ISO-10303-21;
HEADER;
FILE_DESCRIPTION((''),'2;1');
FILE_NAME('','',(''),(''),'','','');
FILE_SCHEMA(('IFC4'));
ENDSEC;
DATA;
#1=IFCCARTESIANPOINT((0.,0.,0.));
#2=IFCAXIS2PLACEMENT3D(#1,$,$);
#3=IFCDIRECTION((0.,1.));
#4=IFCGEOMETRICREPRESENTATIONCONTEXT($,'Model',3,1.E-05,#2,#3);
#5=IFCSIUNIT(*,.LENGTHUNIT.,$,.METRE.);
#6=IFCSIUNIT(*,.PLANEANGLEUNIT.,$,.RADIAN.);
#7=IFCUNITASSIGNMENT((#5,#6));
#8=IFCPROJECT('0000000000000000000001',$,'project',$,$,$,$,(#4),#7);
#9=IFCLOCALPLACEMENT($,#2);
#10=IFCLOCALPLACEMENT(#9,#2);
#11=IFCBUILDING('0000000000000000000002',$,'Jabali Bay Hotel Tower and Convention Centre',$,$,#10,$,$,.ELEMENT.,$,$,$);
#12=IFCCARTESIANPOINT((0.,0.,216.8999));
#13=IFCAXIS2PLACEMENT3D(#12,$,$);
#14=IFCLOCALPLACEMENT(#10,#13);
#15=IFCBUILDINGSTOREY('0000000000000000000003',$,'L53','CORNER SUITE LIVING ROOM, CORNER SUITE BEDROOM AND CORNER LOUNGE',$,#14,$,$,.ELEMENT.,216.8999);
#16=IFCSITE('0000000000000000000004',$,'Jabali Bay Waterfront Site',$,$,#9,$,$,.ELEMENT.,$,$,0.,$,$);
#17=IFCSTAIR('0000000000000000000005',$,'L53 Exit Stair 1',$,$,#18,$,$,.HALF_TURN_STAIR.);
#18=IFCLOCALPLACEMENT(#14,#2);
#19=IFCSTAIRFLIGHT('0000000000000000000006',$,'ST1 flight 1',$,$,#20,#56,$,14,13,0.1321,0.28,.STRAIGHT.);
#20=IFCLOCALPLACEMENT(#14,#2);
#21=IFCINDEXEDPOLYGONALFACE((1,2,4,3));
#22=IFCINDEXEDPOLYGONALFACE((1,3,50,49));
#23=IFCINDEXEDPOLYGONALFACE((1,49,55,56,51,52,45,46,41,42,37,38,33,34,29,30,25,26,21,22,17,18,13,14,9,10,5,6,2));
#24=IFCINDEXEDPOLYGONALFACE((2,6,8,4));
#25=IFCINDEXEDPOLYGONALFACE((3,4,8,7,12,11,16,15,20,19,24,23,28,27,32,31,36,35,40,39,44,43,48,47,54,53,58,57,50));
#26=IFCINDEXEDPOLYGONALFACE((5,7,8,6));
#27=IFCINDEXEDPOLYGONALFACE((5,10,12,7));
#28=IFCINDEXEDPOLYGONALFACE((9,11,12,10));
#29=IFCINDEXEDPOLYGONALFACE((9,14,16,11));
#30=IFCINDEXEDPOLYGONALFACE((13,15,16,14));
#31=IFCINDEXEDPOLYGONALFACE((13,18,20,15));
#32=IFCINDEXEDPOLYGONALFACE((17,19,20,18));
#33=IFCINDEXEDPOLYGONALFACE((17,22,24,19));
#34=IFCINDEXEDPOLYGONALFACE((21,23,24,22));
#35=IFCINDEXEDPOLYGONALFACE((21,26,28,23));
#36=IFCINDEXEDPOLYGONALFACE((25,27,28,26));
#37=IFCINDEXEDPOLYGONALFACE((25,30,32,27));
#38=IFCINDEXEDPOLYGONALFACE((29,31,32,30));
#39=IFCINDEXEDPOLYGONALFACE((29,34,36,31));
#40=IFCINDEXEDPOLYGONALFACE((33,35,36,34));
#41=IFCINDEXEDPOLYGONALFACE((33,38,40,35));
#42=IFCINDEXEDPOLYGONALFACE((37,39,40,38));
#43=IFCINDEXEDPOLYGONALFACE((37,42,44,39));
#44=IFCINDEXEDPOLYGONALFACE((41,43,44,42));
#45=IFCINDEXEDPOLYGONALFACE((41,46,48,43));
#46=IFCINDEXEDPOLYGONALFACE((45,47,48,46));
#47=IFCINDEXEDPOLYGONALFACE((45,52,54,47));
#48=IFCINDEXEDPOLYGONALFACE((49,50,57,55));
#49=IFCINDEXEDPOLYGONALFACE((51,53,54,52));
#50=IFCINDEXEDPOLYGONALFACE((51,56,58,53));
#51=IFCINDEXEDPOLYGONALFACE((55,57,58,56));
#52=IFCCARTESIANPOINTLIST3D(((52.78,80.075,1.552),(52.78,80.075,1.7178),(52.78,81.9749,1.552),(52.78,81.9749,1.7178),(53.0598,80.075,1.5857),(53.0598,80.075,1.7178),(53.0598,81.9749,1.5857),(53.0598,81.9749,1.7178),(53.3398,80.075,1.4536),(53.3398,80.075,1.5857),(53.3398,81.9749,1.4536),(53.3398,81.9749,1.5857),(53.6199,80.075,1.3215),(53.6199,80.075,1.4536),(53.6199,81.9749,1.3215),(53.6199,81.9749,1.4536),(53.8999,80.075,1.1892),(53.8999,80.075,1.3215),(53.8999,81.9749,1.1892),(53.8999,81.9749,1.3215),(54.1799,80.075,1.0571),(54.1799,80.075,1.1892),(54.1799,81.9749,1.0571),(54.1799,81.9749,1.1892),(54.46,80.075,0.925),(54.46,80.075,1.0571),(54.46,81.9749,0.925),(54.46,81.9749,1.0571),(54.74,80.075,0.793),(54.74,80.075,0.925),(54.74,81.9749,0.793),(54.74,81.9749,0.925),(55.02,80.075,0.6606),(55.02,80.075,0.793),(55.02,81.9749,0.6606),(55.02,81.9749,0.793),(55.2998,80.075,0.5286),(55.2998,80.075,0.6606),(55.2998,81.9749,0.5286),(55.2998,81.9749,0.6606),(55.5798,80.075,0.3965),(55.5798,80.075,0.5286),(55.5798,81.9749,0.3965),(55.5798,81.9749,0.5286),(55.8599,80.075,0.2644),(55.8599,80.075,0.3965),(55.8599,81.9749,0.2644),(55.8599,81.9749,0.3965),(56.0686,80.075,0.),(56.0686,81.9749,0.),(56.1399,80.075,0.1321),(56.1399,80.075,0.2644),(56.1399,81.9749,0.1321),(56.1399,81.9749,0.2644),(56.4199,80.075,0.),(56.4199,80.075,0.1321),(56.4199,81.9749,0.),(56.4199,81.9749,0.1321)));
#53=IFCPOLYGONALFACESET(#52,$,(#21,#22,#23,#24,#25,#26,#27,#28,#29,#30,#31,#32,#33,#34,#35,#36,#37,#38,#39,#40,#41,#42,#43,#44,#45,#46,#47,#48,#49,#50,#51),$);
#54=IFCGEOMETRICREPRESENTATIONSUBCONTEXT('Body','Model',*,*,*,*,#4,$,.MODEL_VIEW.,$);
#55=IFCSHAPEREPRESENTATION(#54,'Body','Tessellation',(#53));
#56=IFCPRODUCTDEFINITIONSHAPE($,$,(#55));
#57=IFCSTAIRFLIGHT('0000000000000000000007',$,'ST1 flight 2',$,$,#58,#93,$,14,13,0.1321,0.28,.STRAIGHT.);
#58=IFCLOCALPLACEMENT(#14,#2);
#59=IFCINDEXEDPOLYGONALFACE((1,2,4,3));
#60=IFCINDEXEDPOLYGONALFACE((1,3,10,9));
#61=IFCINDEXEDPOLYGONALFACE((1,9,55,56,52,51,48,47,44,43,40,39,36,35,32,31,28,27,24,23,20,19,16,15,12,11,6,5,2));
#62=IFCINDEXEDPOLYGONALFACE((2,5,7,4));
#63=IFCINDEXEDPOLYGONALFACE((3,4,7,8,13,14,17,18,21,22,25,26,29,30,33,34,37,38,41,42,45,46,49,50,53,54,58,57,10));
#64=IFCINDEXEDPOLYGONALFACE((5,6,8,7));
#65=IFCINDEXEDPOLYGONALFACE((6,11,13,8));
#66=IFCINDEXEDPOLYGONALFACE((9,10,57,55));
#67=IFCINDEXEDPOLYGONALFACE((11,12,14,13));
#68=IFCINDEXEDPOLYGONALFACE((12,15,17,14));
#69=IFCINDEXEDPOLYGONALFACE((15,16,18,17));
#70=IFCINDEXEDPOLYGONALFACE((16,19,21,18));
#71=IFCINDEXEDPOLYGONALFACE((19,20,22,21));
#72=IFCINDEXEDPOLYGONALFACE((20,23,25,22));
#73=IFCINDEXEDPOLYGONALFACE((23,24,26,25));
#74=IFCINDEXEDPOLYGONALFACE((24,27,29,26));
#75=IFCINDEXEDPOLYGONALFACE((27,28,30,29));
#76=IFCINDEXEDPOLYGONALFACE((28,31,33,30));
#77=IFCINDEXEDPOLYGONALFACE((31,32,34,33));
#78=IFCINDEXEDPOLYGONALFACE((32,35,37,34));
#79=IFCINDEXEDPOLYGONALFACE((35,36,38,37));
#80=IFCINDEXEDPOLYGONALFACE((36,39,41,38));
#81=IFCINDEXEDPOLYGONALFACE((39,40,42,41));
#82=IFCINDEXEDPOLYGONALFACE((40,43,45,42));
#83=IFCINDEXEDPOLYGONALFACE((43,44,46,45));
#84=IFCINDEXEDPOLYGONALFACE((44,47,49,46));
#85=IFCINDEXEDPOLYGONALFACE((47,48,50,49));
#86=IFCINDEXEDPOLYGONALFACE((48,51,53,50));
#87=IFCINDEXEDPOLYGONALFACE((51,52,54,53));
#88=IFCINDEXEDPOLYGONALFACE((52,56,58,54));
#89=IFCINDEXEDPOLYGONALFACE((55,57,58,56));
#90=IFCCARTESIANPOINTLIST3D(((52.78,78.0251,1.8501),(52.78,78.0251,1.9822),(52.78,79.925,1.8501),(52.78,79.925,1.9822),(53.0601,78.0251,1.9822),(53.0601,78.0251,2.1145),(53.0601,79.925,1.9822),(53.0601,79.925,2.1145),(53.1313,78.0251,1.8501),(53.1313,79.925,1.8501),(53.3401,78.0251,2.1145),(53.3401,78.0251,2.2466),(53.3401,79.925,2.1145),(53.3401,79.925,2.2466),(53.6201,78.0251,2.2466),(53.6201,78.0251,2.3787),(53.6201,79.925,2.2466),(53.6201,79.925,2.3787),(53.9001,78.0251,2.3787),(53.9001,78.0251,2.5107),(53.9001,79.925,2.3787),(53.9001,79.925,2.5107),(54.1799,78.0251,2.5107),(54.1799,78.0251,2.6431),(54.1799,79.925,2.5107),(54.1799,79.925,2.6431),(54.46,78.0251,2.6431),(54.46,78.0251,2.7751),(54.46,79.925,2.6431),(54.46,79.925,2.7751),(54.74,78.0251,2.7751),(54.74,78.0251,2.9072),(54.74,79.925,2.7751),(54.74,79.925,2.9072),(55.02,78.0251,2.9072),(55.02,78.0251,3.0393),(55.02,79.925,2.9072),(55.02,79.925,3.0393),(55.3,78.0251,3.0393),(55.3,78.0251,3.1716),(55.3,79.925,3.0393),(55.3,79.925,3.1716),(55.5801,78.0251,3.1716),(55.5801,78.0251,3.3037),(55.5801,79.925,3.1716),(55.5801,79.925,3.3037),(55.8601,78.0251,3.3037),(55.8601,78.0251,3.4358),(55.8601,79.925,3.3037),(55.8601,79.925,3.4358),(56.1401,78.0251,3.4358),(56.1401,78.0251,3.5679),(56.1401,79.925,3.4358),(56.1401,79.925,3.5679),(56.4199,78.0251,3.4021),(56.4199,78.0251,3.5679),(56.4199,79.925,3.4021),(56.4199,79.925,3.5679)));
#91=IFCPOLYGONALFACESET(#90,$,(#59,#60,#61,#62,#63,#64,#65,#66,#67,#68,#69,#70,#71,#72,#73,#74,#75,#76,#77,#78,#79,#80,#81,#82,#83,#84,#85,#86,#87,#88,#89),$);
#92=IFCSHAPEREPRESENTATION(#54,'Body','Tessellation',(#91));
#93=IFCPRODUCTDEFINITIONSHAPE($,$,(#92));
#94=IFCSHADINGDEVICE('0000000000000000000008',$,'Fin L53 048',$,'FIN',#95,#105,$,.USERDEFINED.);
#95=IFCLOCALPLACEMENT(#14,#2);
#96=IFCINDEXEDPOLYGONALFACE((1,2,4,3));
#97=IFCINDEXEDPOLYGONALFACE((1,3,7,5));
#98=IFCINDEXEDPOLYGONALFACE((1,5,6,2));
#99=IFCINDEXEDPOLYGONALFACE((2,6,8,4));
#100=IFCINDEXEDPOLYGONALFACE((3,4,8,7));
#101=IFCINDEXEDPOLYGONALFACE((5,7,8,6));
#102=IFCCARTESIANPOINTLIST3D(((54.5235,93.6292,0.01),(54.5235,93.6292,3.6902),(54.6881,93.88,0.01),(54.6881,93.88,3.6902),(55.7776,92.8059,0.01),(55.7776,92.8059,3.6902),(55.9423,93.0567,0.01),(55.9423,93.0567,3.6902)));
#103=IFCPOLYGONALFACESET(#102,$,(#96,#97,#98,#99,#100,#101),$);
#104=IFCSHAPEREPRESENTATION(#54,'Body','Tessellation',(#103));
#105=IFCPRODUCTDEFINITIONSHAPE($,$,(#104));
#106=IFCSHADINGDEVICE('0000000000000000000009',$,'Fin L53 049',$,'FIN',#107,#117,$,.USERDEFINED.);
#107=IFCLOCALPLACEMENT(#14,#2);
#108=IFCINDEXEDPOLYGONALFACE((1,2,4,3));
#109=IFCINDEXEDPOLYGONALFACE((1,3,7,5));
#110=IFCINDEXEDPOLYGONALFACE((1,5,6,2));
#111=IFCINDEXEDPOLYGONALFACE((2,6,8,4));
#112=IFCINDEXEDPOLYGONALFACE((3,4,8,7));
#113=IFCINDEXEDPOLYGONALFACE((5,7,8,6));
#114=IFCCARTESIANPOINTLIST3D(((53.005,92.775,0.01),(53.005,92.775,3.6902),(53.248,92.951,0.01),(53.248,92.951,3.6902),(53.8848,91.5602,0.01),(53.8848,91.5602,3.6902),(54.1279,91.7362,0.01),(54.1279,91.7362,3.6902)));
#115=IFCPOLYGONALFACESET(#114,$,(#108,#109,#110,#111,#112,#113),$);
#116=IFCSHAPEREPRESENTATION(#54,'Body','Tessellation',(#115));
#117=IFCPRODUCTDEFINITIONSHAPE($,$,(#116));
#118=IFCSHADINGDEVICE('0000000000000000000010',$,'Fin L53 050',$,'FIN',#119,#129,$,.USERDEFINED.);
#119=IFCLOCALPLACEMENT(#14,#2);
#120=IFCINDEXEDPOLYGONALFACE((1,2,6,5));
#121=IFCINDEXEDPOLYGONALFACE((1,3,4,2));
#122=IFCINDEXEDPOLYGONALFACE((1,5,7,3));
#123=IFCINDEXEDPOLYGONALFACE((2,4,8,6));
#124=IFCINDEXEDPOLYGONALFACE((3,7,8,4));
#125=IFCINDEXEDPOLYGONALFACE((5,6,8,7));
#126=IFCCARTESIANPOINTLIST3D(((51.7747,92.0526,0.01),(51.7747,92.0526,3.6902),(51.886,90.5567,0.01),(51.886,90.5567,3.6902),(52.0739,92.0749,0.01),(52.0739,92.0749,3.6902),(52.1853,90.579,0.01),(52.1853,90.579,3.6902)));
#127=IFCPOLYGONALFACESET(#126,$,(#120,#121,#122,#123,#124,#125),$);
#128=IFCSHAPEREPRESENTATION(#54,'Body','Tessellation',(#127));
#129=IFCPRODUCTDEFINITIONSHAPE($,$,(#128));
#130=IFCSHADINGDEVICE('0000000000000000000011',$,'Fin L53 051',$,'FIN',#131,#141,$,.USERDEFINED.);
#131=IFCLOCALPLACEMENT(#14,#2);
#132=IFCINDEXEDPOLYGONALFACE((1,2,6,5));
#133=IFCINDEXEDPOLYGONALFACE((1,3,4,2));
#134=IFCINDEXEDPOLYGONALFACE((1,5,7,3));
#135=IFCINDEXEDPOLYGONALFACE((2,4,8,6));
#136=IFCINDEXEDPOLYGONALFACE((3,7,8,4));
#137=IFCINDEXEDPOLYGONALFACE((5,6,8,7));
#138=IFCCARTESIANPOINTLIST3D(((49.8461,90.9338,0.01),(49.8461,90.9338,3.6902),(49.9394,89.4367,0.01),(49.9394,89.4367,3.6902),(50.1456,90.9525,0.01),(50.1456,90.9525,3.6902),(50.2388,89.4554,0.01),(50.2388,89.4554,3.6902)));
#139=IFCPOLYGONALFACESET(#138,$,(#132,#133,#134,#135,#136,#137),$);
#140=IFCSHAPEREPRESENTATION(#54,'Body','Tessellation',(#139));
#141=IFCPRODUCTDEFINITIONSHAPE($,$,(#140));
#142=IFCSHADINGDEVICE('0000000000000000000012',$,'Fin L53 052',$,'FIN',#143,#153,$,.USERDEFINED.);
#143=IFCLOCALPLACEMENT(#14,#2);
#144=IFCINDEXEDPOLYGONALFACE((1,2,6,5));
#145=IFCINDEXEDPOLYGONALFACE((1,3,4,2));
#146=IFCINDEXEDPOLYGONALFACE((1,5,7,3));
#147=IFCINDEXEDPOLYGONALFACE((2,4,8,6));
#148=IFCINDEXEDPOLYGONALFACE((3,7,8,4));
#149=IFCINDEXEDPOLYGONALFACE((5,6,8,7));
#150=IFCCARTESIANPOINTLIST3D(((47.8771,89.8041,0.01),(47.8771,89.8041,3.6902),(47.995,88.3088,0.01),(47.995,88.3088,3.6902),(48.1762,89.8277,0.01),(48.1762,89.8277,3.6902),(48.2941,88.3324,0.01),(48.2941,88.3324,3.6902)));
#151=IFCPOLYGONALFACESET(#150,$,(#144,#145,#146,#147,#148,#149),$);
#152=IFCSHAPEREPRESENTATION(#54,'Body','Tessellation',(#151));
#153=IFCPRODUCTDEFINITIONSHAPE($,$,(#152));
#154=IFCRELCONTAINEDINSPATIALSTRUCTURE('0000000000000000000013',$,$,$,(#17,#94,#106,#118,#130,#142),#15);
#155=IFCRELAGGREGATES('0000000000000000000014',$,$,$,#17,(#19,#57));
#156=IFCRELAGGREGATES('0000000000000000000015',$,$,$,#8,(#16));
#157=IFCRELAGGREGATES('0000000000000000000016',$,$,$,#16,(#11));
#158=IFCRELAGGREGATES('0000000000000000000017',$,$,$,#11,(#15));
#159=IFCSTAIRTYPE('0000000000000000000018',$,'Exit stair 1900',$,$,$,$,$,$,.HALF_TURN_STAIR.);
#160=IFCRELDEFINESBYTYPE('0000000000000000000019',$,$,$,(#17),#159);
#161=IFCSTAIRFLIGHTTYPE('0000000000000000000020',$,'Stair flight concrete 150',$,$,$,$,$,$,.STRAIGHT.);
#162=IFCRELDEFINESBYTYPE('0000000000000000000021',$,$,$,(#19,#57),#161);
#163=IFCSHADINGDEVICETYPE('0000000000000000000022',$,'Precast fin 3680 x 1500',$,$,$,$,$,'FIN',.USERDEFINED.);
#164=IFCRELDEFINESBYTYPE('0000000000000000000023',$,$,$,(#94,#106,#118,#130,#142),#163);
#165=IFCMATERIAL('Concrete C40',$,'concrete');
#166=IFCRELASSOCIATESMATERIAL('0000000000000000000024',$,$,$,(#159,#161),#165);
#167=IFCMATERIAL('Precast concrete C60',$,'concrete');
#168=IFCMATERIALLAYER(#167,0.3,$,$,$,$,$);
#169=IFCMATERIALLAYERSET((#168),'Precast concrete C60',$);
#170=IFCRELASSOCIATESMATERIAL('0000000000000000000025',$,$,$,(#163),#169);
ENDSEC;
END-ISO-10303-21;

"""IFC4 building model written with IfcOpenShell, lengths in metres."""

from ifc_helpers import new_model, si_unit, direction, frame, frame_2d, origin, place, context, subcontext, project, spatial, polyline, rectangle, outline, extrude, material, layer, layer_set, type_object, element, aggregate, save


model = new_model("IFC4")

# Units and contexts
model_context = context("Model", 3, precision=1e-05, world=origin(), true_north=direction((0.0, 1.0)))
body_context = subcontext(model_context, "Body", "Model", "MODEL_VIEW")
ifc_project = project(units=[si_unit("LENGTHUNIT", "METRE"), si_unit("PLANEANGLEUNIT", "RADIAN")], contexts=[model_context])

# Site, building, storey
site_placement = place(None, origin())
site = spatial("IfcSite", under=ifc_project, at=site_placement, Name="Jabali Bay Waterfront Site", CompositionType="ELEMENT", RefElevation=0.0)
building_placement = place(site_placement, origin())
building = spatial("IfcBuilding", under=site, at=building_placement, Name="Jabali Bay Hotel Tower and Convention Centre", CompositionType="ELEMENT")
storey_placement = place(building_placement, frame((0.0, 0.0, 216.8999)))
storey = spatial("IfcBuildingStorey", under=building, at=storey_placement, Name="L53", Description="CORNER SUITE LIVING ROOM, CORNER SUITE BEDROOM AND CORNER LOUNGE", CompositionType="ELEMENT", Elevation=216.8999)

# Shared definitions
ifc_material_1 = material(Name="Concrete C40", Category="concrete")

# Stair, stair flights
stair_type = type_object("IfcStairType", Name="Exit stair 1900", PredefinedType="HALF_TURN_STAIR", material=ifc_material_1)
stair_placement = place(storey_placement, origin())
stair = element("IfcStair", 1, at=stair_placement, inside=storey, type_object=stair_type, Name="L53 Exit Stair 1", PredefinedType="HALF_TURN_STAIR")
stair_flight_type = type_object("IfcStairFlightType", Name="Stair flight concrete 150", PredefinedType="STRAIGHT", material=ifc_material_1)
stair_flight_1_placement = place(storey_placement, frame((56.4199, 81.0249, 0.0), z_axis=(0.0, 0.0, 1.0), x_axis=(-1.0, 0.0, 0.0)))
stair_flight_1 = element("IfcStairFlight", 2, at=stair_flight_1_placement, type_object=stair_flight_type, Name="ST1 flight 1", NumberOfRisers=14, NumberOfTreads=13, PredefinedType="STRAIGHT", RiserHeight=0.1321, TreadLength=0.28, context=body_context, shape_type="SweptSolid", body=[
    extrude(outline(polyline([(0.0, 0.0), (0.0, 0.1321), (0.28, 0.1321), (0.28, 0.2644), (0.5601, 0.2644), (0.5601, 0.3965), (0.8401, 0.3965), (0.8401, 0.5286), (1.1201, 0.5286), (1.1201, 0.6606), (1.3999, 0.6606), (1.3999, 0.793), (1.6799, 0.793), (1.6799, 0.925), (1.96, 0.925), (1.96, 1.0571), (2.24, 1.0571), (2.24, 1.1892), (2.52, 1.1892), (2.52, 1.3215), (2.8, 1.3215), (2.8, 1.4536), (3.0801, 1.4536), (3.0801, 1.5857), (3.3601, 1.5857), (3.3601, 1.7178), (3.6399, 1.7178), (3.6399, 1.8501), (3.6399, 1.552), (0.3513, 0.0), (0.0, 0.0)])), frame((0.0, 0.95, 0.0), z_axis=(0.0, -1.0, 0.0), x_axis=(1.0, 0.0, 0.0)), (0.0, 0.0, 1.0), 1.8999),
])
stair_flight_2_placement = place(storey_placement, frame((52.78, 78.9751, 1.8501), z_axis=(0.0, 0.0, 1.0), x_axis=(1.0, 0.0, 0.0)))
stair_flight_2 = element("IfcStairFlight", 3, at=stair_flight_2_placement, type_object=stair_flight_type, Name="ST1 flight 2", NumberOfRisers=14, NumberOfTreads=13, PredefinedType="STRAIGHT", RiserHeight=0.1321, TreadLength=0.28, context=body_context, shape_type="SweptSolid", body=[
    extrude(outline(polyline([(0.0, 0.0), (0.0, 0.1321), (0.28, 0.1321), (0.28, 0.2644), (0.5601, 0.2644), (0.5601, 0.3965), (0.8401, 0.3965), (0.8401, 0.5286), (1.1201, 0.5286), (1.1201, 0.6606), (1.3999, 0.6606), (1.3999, 0.793), (1.6799, 0.793), (1.6799, 0.925), (1.96, 0.925), (1.96, 1.0571), (2.24, 1.0571), (2.24, 1.1892), (2.52, 1.1892), (2.52, 1.3215), (2.8, 1.3215), (2.8, 1.4536), (3.0801, 1.4536), (3.0801, 1.5857), (3.3601, 1.5857), (3.3601, 1.7178), (3.6399, 1.7178), (3.6399, 1.8501), (3.6399, 1.552), (0.3513, 0.0), (0.0, 0.0)])), frame((0.0, 0.95, 0.0), z_axis=(0.0, -1.0, 0.0), x_axis=(1.0, 0.0, 0.0)), (0.0, 0.0, 1.0), 1.8999),
])
aggregate(stair, [stair_flight_1, stair_flight_2])

# Shading devices
ifc_material_2 = material(Name="Precast concrete C60", Category="concrete")
ifc_layer_1 = layer(ifc_material_2, 0.3)
ifc_layer_set_1 = layer_set([ifc_layer_1], Name="Precast concrete C60")
shading_device_type = type_object("IfcShadingDeviceType", Name="Precast fin 3680 x 1500", ElementType="FIN", PredefinedType="USERDEFINED", material=ifc_layer_set_1)
shading_device_placement = place(storey_placement, frame((55.8599, 92.9314, 0.01), z_axis=(0.0, 0.0, 1.0), x_axis=(-0.835985, 0.548752, 0.0)))
element("IfcShadingDevice", 4, at=shading_device_placement, inside=storey, type_object=shading_device_type, Name="Fin L53 048", ObjectType="FIN", PredefinedType="USERDEFINED", context=body_context, shape_type="SweptSolid", body=[
    extrude(rectangle(XDim=1.5002, YDim=0.3, at=frame_2d((0.75, 0.0))), origin(), (0.0, 0.0, 1.0), 3.6802),
])
for number, where, z_axis, x_axis, name in (
    (5, (54.0063, 91.6482, 0.01), (0.0, 0.0, 1.0), (-0.586583, 0.809889, 0.0), "Fin L53 049"),
    (6, (52.0356, 90.5679, 0.01), (0.0, 0.0, 1.0), (-0.074219, 0.997242, 0.0), "Fin L53 050"),
    (7, (50.0891, 89.446, 0.01), (0.0, 0.0, 1.0), (-0.062176, 0.998065, 0.0), "Fin L53 051"),
    (8, (48.1445, 88.3206, 0.01), (0.0, 0.0, 1.0), (-0.078613, 0.996905, 0.0), "Fin L53 052"),
):
    element("IfcShadingDevice", number, at=place(storey_placement, frame(where, z_axis=z_axis, x_axis=x_axis)), inside=storey, type_object=shading_device_type, Name=name, ObjectType="FIN", PredefinedType="USERDEFINED", context=body_context, shape_type="SweptSolid", body=[
        extrude(rectangle(XDim=1.5, YDim=0.3, at=frame_2d((0.75, 0.0))), origin(), (0.0, 0.0, 1.0), 3.6802),
    ])

save(model, "model.ifc")
